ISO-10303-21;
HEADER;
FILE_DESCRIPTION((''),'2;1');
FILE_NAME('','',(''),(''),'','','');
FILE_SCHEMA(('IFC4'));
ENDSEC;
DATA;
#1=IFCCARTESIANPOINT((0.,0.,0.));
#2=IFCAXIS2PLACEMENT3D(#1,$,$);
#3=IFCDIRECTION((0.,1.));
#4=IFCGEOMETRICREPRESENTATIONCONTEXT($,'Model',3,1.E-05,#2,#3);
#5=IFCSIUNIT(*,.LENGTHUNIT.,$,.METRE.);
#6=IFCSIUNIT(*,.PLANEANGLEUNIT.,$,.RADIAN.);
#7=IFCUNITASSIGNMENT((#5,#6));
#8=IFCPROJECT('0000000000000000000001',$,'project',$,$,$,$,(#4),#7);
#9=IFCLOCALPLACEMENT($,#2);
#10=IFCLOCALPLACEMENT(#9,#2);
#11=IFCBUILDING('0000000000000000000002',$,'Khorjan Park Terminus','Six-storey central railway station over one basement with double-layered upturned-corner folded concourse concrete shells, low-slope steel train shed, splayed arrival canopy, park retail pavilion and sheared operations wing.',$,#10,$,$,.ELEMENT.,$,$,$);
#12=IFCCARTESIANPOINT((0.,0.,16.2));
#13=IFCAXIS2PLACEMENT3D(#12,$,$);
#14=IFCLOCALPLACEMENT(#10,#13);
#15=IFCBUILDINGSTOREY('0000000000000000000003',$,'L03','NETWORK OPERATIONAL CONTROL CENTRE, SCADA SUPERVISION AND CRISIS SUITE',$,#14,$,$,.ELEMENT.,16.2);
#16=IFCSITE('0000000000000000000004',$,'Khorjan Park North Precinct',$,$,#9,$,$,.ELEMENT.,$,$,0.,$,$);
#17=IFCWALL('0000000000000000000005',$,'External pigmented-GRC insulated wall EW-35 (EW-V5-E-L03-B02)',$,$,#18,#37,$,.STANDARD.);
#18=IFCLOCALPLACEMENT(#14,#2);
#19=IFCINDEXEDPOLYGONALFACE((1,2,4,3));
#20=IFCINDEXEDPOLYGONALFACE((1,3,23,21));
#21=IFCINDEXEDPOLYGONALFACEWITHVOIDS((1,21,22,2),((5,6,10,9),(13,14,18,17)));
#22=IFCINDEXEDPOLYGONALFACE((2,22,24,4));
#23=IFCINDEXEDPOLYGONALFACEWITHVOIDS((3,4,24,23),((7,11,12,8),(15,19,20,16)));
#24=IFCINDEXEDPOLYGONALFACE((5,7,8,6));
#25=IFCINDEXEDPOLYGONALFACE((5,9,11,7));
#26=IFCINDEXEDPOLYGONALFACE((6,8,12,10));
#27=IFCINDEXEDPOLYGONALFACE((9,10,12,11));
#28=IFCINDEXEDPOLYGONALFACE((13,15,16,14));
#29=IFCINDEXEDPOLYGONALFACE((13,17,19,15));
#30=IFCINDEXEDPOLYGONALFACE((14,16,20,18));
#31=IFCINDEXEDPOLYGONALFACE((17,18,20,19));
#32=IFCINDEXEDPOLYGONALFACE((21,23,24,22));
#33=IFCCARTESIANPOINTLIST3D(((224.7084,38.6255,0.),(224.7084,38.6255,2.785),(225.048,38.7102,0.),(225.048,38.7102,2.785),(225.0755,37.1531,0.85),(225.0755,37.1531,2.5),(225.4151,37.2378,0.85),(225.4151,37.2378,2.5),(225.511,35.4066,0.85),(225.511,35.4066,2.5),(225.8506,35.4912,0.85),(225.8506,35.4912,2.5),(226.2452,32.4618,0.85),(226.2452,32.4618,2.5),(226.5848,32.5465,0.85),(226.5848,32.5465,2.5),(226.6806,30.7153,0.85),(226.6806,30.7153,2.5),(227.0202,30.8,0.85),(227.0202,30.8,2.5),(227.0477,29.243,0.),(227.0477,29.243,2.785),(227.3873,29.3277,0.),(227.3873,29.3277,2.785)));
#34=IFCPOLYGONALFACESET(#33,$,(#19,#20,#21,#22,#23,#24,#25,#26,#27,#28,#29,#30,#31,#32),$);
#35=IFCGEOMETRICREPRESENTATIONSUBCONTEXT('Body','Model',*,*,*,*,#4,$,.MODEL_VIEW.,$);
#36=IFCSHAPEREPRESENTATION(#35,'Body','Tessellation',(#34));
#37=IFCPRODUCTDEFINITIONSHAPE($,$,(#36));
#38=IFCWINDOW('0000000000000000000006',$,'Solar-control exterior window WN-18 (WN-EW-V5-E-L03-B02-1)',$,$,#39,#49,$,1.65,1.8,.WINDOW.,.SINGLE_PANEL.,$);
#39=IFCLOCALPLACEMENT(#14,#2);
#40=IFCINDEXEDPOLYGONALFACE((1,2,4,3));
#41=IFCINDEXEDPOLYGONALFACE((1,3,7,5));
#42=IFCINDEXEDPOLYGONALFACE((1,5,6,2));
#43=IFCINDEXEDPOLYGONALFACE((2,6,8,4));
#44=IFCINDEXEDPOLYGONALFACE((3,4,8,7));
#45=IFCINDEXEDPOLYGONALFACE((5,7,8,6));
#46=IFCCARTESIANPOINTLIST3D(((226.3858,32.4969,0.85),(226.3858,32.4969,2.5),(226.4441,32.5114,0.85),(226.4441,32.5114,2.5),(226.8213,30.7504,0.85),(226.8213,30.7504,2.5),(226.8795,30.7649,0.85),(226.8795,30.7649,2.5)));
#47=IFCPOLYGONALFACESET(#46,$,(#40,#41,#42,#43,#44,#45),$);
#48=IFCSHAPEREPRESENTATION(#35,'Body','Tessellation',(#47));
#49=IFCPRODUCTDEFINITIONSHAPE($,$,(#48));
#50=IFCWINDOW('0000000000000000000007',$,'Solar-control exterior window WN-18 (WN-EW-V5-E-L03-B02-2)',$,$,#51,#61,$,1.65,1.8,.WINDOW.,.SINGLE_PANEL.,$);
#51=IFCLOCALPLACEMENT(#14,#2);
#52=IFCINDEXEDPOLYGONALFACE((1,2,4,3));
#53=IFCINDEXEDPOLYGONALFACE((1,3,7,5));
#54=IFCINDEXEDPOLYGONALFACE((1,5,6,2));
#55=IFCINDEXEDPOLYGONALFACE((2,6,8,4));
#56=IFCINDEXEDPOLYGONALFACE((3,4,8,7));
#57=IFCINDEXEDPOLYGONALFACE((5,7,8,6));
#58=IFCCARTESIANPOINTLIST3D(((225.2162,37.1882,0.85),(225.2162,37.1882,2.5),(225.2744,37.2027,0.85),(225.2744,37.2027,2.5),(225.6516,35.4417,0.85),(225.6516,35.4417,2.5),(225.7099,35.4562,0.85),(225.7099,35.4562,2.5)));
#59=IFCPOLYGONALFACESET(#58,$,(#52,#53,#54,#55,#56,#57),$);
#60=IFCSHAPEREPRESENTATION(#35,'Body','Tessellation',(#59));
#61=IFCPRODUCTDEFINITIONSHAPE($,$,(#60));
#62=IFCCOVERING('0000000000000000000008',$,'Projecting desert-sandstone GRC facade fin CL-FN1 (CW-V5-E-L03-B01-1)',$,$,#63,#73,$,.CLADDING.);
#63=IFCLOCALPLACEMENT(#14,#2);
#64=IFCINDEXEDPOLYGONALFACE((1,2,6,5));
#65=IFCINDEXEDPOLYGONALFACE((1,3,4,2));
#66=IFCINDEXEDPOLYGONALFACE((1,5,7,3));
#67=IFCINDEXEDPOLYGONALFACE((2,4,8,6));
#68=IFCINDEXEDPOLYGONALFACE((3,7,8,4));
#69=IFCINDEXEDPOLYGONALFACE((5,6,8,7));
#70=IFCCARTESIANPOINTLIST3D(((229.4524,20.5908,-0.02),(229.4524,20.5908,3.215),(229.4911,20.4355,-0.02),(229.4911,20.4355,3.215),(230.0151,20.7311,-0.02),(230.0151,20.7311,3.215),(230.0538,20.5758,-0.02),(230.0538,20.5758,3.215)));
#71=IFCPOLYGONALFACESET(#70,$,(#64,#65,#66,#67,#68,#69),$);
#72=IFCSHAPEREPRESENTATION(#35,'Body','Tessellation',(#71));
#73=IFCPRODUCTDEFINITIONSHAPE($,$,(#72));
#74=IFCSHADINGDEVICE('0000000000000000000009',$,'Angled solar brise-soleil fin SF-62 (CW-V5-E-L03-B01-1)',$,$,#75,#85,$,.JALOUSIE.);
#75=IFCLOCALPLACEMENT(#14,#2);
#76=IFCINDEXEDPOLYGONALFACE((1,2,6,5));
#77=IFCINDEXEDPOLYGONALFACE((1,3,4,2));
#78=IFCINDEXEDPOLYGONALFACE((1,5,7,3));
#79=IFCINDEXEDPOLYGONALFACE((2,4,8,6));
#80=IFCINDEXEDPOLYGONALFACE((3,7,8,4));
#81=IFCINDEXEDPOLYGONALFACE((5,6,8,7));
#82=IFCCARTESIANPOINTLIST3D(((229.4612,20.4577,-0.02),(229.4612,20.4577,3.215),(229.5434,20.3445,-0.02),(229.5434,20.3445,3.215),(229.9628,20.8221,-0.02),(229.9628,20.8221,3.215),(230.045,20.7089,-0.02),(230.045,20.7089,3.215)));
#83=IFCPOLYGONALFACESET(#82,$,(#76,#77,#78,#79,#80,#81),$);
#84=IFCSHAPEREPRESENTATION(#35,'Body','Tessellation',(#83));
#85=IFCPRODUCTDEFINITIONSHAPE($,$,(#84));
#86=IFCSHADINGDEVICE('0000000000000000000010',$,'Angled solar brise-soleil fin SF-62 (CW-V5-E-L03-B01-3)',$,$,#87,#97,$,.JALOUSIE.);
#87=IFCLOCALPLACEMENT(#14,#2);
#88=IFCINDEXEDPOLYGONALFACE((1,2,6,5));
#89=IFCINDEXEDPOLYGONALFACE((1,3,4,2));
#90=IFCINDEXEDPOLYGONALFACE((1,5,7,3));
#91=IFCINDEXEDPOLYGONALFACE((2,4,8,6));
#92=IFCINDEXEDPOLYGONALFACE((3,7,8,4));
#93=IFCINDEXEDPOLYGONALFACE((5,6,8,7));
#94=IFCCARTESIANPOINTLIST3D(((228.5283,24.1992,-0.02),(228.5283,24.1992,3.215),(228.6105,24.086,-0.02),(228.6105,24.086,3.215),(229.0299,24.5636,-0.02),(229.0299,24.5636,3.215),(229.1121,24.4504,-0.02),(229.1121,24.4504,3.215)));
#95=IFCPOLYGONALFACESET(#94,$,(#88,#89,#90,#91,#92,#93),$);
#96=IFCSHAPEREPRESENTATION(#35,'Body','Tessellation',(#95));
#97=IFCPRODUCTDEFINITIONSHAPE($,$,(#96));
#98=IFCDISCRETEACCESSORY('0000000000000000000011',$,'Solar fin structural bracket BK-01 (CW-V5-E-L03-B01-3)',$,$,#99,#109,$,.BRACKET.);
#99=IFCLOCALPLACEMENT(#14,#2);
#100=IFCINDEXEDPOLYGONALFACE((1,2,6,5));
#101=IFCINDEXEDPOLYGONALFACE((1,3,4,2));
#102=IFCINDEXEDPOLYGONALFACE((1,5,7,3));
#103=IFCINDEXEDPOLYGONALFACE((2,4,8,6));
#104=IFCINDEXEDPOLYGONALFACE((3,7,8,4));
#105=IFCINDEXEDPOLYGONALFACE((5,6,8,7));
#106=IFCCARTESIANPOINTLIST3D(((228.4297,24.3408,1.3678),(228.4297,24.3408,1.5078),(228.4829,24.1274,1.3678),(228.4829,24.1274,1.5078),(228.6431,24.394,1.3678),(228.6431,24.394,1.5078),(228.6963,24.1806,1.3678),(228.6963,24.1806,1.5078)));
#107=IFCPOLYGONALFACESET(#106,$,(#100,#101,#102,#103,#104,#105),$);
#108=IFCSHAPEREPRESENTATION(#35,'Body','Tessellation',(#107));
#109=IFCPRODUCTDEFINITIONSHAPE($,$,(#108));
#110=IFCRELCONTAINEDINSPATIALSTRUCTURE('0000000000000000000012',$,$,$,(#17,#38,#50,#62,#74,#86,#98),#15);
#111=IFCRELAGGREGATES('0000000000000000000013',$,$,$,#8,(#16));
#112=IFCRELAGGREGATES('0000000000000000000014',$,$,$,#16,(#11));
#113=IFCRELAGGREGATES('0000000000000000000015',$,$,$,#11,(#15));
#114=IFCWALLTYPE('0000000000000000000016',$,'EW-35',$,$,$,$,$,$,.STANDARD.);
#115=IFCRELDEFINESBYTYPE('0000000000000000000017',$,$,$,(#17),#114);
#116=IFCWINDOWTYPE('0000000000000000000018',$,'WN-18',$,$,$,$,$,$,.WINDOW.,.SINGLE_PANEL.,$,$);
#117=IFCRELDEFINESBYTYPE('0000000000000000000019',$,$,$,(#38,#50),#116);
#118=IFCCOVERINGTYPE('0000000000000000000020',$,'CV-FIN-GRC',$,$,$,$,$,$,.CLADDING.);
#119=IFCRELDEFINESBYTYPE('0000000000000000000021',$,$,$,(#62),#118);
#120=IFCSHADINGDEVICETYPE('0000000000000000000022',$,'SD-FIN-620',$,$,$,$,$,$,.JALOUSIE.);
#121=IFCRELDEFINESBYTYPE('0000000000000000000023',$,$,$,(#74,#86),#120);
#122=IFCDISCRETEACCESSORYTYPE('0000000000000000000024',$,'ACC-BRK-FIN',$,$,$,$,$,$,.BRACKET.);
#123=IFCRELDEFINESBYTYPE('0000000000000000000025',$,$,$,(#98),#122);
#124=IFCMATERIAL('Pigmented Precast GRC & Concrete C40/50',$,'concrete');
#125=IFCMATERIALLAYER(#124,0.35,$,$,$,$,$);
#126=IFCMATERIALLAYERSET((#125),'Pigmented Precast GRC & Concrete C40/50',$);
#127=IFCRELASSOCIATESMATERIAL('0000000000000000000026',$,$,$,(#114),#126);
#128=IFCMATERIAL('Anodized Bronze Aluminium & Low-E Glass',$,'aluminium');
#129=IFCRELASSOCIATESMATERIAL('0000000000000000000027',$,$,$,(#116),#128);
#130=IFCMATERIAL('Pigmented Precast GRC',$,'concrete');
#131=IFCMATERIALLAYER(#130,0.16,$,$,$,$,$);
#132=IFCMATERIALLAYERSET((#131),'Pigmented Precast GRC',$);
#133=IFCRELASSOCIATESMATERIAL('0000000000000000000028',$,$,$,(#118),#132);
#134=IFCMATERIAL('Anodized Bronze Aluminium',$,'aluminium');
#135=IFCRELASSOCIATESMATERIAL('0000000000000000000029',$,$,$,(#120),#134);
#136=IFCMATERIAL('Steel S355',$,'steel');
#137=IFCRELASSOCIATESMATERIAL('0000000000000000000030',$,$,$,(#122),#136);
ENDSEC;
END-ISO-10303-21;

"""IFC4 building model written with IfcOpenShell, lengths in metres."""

from ifc_helpers import new_model, si_unit, direction, frame, frame_2d, origin, origin_2d, place, context, subcontext, project, spatial, rectangle, extrude, material, layer, layer_set, type_object, element, fill, save


model = new_model("IFC4")

# Units and contexts
model_context = context("Model", 3, precision=1e-05, world=origin(), true_north=direction((0.0, 1.0)))
body_context = subcontext(model_context, "Body", "Model", "MODEL_VIEW")
ifc_project = project(units=[si_unit("LENGTHUNIT", "METRE"), si_unit("PLANEANGLEUNIT", "RADIAN")], contexts=[model_context])

# Site, building, storey
site_placement = place(None, origin())
site = spatial("IfcSite", under=ifc_project, at=site_placement, Name="Khorjan Park North Precinct", CompositionType="ELEMENT", RefElevation=0.0)
building_placement = place(site_placement, origin())
building = spatial("IfcBuilding", under=site, at=building_placement, Name="Khorjan Park Terminus", Description="Six-storey central railway station over one basement with double-layered upturned-corner folded concourse concrete shells, low-slope steel train shed, splayed arrival canopy, park retail pavilion and sheared operations wing.", CompositionType="ELEMENT")
storey_placement = place(building_placement, frame((0.0, 0.0, 16.2)))
storey = spatial("IfcBuildingStorey", under=building, at=storey_placement, Name="L03", Description="NETWORK OPERATIONAL CONTROL CENTRE, SCADA SUPERVISION AND CRISIS SUITE", CompositionType="ELEMENT", Elevation=16.2)

# Shared definitions
ifc_material_1 = material(Name="Anodized Bronze Aluminium", Category="aluminium")

# Wall, openings, windows
ifc_material_2 = material(Name="Pigmented Precast GRC & Concrete C40/50", Category="concrete")
ifc_layer_1 = layer(ifc_material_2, 0.35)
ifc_layer_set_1 = layer_set([ifc_layer_1], Name="Pigmented Precast GRC & Concrete C40/50")
wall_type = type_object("IfcWallType", Name="EW-35", PredefinedType="STANDARD", material=ifc_layer_set_1)
wall_placement = place(storey_placement, frame((227.2175, 29.2853, 0.0), z_axis=(0.0, 0.0, 1.0), x_axis=(-0.24192, 0.970296, 0.0)))
wall = element("IfcWall", 1, at=wall_placement, inside=storey, type_object=wall_type, Name="External pigmented-GRC insulated wall EW-35 (EW-V5-E-L03-B02)", PredefinedType="STANDARD", context=body_context, shape_type="SweptSolid", body=[
    extrude(rectangle(XDim=9.6697, YDim=0.35, at=frame_2d((4.8349, 0.0))), origin(), (0.0, 0.0, 1.0), 2.785),
])
opening_1_placement = place(wall_placement, frame((1.5174, 0.0, 0.85)))
opening_1 = element("IfcOpeningElement", 2, at=opening_1_placement, cuts=wall, PredefinedType="OPENING", context=body_context, shape_type="SweptSolid", body=[
    extrude(rectangle(XDim=1.8, YDim=1.65, at=frame_2d((0.9, 0.825))), frame((0.0, 0.185, 0.0), z_axis=(0.0, -1.0, 0.0), x_axis=(1.0, 0.0, 0.0)), (0.0, 0.0, 1.0), 0.37),
])
opening_2_placement = place(wall_placement, frame((6.3523, 0.0, 0.85)))
opening_2 = element("IfcOpeningElement", 3, at=opening_2_placement, cuts=wall, PredefinedType="OPENING", context=body_context, shape_type="SweptSolid", body=[
    extrude(rectangle(XDim=1.8, YDim=1.65, at=frame_2d((0.9, 0.825))), frame((0.0, 0.185, 0.0), z_axis=(0.0, -1.0, 0.0), x_axis=(1.0, 0.0, 0.0)), (0.0, 0.0, 1.0), 0.37),
])
ifc_material_3 = material(Name="Anodized Bronze Aluminium & Low-E Glass", Category="aluminium")
window_type = type_object("IfcWindowType", Name="WN-18", PartitioningType="SINGLE_PANEL", PredefinedType="WINDOW", material=ifc_material_3)
window_1_placement = place(opening_1_placement, origin())
window_1 = element("IfcWindow", 4, at=window_1_placement, inside=storey, type_object=window_type, Name="Solar-control exterior window WN-18 (WN-EW-V5-E-L03-B02-1)", OverallHeight=1.65, OverallWidth=1.8, PartitioningType="SINGLE_PANEL", PredefinedType="WINDOW", context=body_context, shape_type="SweptSolid", body=[
    extrude(rectangle(XDim=1.8, YDim=1.65, at=frame_2d((0.9, 0.825))), frame((0.0, 0.03, 0.0), z_axis=(0.0, -1.0, 0.0), x_axis=(1.0, 0.0, 0.0)), (0.0, 0.0, 1.0), 0.06),
])
fill(opening_1, window_1)
window_2_placement = place(opening_2_placement, origin())
window_2 = element("IfcWindow", 5, at=window_2_placement, inside=storey, type_object=window_type, Name="Solar-control exterior window WN-18 (WN-EW-V5-E-L03-B02-2)", OverallHeight=1.65, OverallWidth=1.8, PartitioningType="SINGLE_PANEL", PredefinedType="WINDOW", context=body_context, shape_type="SweptSolid", body=[
    extrude(rectangle(XDim=1.8, YDim=1.65, at=frame_2d((0.9, 0.825))), frame((0.0, 0.03, 0.0), z_axis=(0.0, -1.0, 0.0), x_axis=(1.0, 0.0, 0.0)), (0.0, 0.0, 1.0), 0.06),
])
fill(opening_2, window_2)

# Covering
ifc_material_4 = material(Name="Pigmented Precast GRC", Category="concrete")
ifc_layer_2 = layer(ifc_material_4, 0.16)
ifc_layer_set_2 = layer_set([ifc_layer_2], Name="Pigmented Precast GRC")
covering_type = type_object("IfcCoveringType", Name="CV-FIN-GRC", PredefinedType="CLADDING", material=ifc_layer_set_2)
covering_placement = place(storey_placement, frame((229.7531, 20.5833, -0.02), z_axis=(0.0, 0.0, 1.0), x_axis=(-0.970296, -0.241922, 0.0)))
element("IfcCovering", 6, at=covering_placement, inside=storey, type_object=covering_type, Name="Projecting desert-sandstone GRC facade fin CL-FN1 (CW-V5-E-L03-B01-1)", PredefinedType="CLADDING", context=body_context, shape_type="SweptSolid", body=[
    extrude(rectangle(XDim=0.58, YDim=0.16, at=origin_2d()), origin(), (0.0, 0.0, 1.0), 3.235),
])

# Shading devices
shading_device_type = type_object("IfcShadingDeviceType", Name="SD-FIN-620", PredefinedType="JALOUSIE", material=ifc_material_1)
for number, where, z_axis, x_axis, name in (
    (7, (229.7531, 20.5833, -0.02), (0.0, 0.0, 1.0), (-0.809017, -0.587785, 0.0), "Angled solar brise-soleil fin SF-62 (CW-V5-E-L03-B01-1)"),
    (8, (228.8202, 24.3248, -0.02), (0.0, 0.0, 1.0), (-0.809017, -0.587785, 0.0), "Angled solar brise-soleil fin SF-62 (CW-V5-E-L03-B01-3)"),
):
    element("IfcShadingDevice", number, at=place(storey_placement, frame(where, z_axis=z_axis, x_axis=x_axis)), inside=storey, type_object=shading_device_type, Name=name, PredefinedType="JALOUSIE", context=body_context, shape_type="SweptSolid", body=[
        extrude(rectangle(XDim=0.62, YDim=0.14, at=origin_2d()), origin(), (0.0, 0.0, 1.0), 3.235),
    ])

# Discrete accessory
ifc_material_5 = material(Name="Steel S355", Category="steel")
discrete_accessory_type = type_object("IfcDiscreteAccessoryType", Name="ACC-BRK-FIN", PredefinedType="BRACKET", material=ifc_material_5)
discrete_accessory_placement = place(storey_placement, frame((228.563, 24.2607, 1.3678), z_axis=(0.0, 0.0, 1.0), x_axis=(-0.24192, 0.970296, 0.0)))
element("IfcDiscreteAccessory", 9, at=discrete_accessory_placement, inside=storey, type_object=discrete_accessory_type, Name="Solar fin structural bracket BK-01 (CW-V5-E-L03-B01-3)", PredefinedType="BRACKET", context=body_context, shape_type="SweptSolid", body=[
    extrude(rectangle(XDim=0.22, YDim=0.22, at=origin_2d()), origin(), (0.0, 0.0, 1.0), 0.14),
])

save(model, "model.ifc")
